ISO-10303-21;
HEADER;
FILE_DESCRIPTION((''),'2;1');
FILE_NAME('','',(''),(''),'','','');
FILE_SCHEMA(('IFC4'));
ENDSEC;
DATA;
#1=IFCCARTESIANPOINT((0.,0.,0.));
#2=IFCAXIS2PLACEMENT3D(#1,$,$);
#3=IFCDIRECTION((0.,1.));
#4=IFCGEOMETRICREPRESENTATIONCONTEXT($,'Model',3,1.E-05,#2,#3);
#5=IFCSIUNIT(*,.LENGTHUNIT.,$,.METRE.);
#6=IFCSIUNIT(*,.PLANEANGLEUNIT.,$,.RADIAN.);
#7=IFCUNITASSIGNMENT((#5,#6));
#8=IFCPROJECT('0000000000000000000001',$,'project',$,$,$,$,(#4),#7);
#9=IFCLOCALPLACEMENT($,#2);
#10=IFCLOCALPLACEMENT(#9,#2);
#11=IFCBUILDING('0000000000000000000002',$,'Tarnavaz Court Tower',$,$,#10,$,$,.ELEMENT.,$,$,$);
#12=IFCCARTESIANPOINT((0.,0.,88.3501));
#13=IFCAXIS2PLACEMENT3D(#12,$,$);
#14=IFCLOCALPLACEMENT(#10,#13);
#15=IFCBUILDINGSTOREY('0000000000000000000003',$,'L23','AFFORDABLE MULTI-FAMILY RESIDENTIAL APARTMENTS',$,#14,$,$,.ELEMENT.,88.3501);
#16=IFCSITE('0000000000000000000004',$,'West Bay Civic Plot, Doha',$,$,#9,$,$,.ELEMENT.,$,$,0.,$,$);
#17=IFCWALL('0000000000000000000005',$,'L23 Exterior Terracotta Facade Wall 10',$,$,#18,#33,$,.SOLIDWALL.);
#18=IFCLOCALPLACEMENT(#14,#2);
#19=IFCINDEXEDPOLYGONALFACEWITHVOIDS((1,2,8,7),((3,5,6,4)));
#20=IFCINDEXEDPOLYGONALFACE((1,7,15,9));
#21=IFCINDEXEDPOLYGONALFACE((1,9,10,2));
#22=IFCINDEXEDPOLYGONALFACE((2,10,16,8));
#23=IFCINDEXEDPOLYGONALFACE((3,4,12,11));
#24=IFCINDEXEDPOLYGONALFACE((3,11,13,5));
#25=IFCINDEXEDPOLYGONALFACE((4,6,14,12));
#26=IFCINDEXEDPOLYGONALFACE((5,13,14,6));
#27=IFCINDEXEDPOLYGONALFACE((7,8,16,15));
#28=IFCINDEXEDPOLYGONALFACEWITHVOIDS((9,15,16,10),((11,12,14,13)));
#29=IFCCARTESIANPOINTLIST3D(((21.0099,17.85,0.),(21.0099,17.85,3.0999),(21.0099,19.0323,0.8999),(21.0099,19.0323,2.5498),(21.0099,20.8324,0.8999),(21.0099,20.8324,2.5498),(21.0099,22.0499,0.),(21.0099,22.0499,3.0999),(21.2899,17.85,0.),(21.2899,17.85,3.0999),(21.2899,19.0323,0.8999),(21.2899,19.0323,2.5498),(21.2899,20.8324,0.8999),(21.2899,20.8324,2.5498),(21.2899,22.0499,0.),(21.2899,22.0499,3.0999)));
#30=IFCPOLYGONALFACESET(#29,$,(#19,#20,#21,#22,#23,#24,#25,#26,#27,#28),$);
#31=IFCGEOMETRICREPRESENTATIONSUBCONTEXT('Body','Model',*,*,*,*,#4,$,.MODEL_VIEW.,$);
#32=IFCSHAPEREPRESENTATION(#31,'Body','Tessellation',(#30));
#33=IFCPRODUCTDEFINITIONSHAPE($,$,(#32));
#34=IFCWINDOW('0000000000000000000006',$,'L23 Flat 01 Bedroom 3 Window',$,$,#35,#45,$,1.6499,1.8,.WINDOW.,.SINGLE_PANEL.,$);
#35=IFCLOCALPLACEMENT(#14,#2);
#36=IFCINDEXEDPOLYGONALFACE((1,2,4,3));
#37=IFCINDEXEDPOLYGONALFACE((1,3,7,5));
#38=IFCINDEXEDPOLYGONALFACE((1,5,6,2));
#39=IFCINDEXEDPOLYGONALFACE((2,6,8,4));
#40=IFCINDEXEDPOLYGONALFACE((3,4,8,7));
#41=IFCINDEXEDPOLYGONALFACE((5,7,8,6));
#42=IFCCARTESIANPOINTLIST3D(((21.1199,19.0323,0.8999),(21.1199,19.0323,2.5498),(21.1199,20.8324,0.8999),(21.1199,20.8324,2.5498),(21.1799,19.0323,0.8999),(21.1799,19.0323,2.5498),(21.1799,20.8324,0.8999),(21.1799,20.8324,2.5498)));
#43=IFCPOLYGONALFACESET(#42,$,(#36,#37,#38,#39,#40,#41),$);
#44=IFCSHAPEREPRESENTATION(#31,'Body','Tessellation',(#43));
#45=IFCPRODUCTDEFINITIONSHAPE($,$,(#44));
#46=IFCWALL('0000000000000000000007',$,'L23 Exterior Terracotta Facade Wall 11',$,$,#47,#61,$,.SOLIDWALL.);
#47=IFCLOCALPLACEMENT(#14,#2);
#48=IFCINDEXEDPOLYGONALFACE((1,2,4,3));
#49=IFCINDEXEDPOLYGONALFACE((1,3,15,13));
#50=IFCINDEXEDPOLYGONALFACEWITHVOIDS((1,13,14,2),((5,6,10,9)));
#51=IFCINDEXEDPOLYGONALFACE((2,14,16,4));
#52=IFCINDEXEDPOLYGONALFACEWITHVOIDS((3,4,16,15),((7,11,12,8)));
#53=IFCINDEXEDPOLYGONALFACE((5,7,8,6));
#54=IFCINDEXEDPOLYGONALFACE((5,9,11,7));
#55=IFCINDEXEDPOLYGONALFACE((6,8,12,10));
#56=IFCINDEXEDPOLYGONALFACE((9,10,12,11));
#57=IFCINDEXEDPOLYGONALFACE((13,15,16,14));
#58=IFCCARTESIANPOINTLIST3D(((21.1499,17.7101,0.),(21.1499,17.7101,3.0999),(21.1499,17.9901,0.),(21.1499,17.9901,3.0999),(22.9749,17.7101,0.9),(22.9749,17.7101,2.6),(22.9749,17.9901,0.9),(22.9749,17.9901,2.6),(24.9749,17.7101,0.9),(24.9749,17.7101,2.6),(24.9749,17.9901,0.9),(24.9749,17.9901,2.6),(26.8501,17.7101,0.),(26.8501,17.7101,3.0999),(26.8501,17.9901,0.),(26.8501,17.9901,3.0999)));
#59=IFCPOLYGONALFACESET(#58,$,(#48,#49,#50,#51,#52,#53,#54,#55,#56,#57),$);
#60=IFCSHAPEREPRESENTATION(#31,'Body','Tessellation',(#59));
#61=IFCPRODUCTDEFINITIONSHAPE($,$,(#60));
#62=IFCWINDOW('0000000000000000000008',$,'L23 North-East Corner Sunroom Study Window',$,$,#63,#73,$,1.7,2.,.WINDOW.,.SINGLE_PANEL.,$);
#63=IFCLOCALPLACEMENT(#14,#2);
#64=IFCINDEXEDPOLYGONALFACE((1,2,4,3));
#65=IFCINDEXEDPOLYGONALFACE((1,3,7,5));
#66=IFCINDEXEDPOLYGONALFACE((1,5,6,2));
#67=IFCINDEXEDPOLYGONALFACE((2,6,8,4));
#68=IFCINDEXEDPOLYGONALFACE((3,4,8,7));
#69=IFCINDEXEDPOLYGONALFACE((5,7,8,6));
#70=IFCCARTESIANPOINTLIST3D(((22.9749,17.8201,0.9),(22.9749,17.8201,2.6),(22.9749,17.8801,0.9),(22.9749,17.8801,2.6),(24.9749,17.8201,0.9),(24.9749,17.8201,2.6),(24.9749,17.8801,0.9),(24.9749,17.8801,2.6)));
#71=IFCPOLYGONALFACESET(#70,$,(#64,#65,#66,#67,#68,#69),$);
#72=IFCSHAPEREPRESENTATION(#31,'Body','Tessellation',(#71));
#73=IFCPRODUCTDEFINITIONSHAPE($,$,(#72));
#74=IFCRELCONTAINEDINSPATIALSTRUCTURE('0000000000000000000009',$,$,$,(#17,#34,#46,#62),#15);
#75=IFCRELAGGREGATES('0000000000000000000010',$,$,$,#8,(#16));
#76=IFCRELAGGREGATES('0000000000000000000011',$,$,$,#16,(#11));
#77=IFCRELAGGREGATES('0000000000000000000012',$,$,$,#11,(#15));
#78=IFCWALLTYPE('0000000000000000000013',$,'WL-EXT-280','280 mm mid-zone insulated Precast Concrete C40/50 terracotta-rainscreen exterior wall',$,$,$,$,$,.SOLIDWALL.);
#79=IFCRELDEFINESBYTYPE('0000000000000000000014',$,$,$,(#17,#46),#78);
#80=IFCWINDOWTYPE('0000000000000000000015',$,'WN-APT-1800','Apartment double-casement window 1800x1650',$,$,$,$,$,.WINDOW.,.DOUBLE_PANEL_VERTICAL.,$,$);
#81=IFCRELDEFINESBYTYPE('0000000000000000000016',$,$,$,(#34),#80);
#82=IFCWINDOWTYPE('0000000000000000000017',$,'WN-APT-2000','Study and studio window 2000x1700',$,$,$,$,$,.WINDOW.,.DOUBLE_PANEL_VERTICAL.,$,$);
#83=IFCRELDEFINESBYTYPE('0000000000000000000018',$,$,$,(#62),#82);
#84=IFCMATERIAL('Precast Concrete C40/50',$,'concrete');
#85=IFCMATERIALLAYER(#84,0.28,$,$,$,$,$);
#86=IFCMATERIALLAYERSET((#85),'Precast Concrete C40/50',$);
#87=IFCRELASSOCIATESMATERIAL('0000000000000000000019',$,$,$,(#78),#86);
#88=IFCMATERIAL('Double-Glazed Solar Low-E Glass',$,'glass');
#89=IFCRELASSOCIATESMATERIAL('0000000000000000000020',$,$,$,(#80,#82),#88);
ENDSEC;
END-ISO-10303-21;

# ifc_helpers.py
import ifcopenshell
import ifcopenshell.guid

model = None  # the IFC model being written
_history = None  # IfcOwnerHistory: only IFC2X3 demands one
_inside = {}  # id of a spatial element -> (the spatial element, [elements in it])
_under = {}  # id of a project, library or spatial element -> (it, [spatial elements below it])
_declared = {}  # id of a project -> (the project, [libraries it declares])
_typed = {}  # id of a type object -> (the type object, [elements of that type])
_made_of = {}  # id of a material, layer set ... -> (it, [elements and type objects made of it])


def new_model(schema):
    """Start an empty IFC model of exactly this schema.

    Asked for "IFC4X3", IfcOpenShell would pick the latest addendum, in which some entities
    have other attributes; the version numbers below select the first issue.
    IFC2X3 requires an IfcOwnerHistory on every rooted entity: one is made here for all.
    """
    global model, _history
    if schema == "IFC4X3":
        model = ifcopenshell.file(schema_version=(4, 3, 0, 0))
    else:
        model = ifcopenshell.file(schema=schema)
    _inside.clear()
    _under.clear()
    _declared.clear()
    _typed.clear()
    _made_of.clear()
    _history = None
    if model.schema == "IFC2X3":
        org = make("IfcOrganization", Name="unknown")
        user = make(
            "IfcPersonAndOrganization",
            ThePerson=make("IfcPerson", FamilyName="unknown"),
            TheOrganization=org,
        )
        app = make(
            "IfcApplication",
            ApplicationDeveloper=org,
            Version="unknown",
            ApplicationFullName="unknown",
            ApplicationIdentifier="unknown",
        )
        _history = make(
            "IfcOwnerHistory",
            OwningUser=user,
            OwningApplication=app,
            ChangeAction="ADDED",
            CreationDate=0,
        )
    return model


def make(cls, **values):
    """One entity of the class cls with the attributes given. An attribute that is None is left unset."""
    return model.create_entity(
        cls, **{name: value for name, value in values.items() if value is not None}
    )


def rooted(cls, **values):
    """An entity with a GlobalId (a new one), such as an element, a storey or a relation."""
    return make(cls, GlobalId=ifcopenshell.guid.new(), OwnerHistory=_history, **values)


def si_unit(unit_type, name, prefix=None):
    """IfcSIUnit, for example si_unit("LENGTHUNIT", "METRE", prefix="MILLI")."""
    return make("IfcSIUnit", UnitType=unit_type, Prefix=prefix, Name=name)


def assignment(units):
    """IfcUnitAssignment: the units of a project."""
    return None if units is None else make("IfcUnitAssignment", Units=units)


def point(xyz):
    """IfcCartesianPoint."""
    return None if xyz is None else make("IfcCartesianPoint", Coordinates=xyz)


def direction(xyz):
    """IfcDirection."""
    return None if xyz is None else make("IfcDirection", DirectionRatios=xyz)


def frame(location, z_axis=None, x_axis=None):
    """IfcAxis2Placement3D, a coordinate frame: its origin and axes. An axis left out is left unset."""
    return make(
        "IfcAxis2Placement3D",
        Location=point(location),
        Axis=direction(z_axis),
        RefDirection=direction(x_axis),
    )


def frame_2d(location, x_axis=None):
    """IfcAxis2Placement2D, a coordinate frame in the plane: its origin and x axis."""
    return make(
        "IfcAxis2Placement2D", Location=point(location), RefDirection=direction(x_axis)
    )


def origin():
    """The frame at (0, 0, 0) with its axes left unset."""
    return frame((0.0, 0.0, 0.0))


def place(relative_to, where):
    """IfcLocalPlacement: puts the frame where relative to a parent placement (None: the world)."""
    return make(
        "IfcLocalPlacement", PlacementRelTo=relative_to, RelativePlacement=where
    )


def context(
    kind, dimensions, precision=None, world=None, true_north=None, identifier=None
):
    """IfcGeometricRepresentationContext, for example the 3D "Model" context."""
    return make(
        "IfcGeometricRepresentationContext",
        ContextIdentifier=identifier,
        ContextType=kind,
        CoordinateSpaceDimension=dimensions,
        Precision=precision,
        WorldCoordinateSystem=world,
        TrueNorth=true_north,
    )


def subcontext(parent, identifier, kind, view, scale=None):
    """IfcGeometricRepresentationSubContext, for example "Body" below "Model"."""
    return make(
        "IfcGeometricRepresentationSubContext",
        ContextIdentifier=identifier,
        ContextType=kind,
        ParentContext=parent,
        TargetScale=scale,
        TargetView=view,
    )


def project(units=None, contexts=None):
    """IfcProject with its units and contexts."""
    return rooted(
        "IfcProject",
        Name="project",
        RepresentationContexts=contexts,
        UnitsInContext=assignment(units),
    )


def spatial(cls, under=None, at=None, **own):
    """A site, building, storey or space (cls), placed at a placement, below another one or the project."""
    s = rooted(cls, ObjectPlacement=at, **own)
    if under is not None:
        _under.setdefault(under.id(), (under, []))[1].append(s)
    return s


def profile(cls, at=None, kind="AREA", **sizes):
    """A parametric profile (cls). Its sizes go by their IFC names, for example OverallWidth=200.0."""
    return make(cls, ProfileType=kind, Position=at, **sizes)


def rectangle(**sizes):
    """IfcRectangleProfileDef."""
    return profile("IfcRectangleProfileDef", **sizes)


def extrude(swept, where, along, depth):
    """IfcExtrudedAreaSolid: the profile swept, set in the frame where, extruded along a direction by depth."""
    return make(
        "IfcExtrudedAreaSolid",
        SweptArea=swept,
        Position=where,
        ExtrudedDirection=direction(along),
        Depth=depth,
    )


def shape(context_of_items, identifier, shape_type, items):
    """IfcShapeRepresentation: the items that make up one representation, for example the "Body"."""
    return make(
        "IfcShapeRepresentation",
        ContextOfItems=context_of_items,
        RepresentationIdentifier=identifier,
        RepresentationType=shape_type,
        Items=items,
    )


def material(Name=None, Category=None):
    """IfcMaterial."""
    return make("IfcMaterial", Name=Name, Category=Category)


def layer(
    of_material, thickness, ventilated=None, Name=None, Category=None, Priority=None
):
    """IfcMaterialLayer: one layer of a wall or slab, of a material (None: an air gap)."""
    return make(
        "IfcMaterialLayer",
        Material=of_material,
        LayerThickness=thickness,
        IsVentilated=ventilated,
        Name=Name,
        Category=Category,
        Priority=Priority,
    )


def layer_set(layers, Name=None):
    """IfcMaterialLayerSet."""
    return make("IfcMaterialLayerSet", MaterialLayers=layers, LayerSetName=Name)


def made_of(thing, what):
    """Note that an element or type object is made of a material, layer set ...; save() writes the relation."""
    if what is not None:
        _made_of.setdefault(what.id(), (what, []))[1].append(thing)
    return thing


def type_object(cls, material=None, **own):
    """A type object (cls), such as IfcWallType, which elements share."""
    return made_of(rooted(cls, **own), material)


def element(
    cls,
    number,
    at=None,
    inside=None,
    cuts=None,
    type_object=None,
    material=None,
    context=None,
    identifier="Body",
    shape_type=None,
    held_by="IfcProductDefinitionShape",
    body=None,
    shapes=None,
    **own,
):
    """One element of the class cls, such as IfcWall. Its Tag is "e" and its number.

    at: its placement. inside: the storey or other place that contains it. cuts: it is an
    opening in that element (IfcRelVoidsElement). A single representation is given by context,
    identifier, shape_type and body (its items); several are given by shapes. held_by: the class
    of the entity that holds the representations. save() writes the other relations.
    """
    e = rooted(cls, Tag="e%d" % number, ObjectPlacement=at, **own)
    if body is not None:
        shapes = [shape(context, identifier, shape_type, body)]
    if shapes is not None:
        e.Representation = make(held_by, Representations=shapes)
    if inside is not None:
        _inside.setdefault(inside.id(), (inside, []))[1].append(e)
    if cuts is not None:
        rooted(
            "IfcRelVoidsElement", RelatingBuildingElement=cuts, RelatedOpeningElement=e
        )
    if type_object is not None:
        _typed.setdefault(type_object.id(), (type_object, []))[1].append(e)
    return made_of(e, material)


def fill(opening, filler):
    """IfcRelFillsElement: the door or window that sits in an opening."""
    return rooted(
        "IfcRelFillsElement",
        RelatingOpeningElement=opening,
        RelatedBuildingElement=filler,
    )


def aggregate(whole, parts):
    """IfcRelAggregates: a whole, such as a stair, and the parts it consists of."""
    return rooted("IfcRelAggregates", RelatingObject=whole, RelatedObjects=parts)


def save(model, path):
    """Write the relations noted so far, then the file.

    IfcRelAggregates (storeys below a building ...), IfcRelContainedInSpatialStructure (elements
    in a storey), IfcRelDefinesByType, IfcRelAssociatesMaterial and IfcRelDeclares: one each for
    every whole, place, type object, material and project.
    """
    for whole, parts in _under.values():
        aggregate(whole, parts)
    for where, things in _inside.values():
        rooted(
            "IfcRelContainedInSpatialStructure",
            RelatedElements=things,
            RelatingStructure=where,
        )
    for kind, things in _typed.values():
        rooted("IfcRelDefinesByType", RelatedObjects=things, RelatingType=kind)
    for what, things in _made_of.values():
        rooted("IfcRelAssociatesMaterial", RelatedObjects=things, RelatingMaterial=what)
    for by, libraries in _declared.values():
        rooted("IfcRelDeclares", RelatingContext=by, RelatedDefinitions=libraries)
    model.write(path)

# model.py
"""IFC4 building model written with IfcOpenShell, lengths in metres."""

from ifc_helpers import new_model, si_unit, direction, frame, frame_2d, origin, place, context, subcontext, project, spatial, rectangle, extrude, material, layer, layer_set, type_object, element, fill, save


model = new_model("IFC4")

# Units and contexts
model_context = context("Model", 3, precision=1e-05, world=origin(), true_north=direction((0.0, 1.0)))
body_context = subcontext(model_context, "Body", "Model", "MODEL_VIEW")
ifc_project = project(units=[si_unit("LENGTHUNIT", "METRE"), si_unit("PLANEANGLEUNIT", "RADIAN")], contexts=[model_context])

# Site, building, storey
site_placement = place(None, origin())
site = spatial("IfcSite", under=ifc_project, at=site_placement, Name="West Bay Civic Plot, Doha", CompositionType="ELEMENT", RefElevation=0.0)
building_placement = place(site_placement, origin())
building = spatial("IfcBuilding", under=site, at=building_placement, Name="Tarnavaz Court Tower", CompositionType="ELEMENT")
storey_placement = place(building_placement, frame((0.0, 0.0, 88.3501)))
storey = spatial("IfcBuildingStorey", under=building, at=storey_placement, Name="L23", Description="AFFORDABLE MULTI-FAMILY RESIDENTIAL APARTMENTS", CompositionType="ELEMENT", Elevation=88.3501)

# Walls, openings, windows
ifc_material_1 = material(Name="Precast Concrete C40/50", Category="concrete")
ifc_layer_1 = layer(ifc_material_1, 0.28)
ifc_layer_set_1 = layer_set([ifc_layer_1], Name="Precast Concrete C40/50")
wall_type_1 = type_object("IfcWallType", Name="WL-EXT-280", Description="280 mm mid-zone insulated Precast Concrete C40/50 terracotta-rainscreen exterior wall", PredefinedType="SOLIDWALL", material=ifc_layer_set_1)
wall_1_placement = place(storey_placement, frame((21.1499, 22.05, 0.0), z_axis=(0.0, 0.0, 1.0), x_axis=(0.0, -1.0, 0.0)))
wall_1 = element("IfcWall", 1, at=wall_1_placement, inside=storey, type_object=wall_type_1, Name="L23 Exterior Terracotta Facade Wall 10", PredefinedType="SOLIDWALL", context=body_context, shape_type="SweptSolid", body=[
    extrude(rectangle(XDim=4.2, YDim=0.28, at=frame_2d((2.1001, 0.0))), origin(), (0.0, 0.0, 1.0), 3.0999),
])
opening_1_placement = place(wall_1_placement, frame((1.2178, 0.0, 0.8999)))
opening_1 = element("IfcOpeningElement", 2, at=opening_1_placement, cuts=wall_1, PredefinedType="OPENING", context=body_context, shape_type="SweptSolid", body=[
    extrude(rectangle(XDim=1.8, YDim=1.6499, at=frame_2d((0.8999, 0.825))), frame((0.0, 0.1499, 0.0), z_axis=(0.0, -1.0, 0.0), x_axis=(1.0, 0.0, 0.0)), (0.0, 0.0, 1.0), 0.3),
])
ifc_material_2 = material(Name="Double-Glazed Solar Low-E Glass", Category="glass")
window_type_1 = type_object("IfcWindowType", Name="WN-APT-1800", Description="Apartment double-casement window 1800x1650", PartitioningType="DOUBLE_PANEL_VERTICAL", PredefinedType="WINDOW", material=ifc_material_2)
window_1_placement = place(opening_1_placement, origin())
window_1 = element("IfcWindow", 3, at=window_1_placement, inside=storey, type_object=window_type_1, Name="L23 Flat 01 Bedroom 3 Window", OverallHeight=1.6499, OverallWidth=1.8, PartitioningType="SINGLE_PANEL", PredefinedType="WINDOW", context=body_context, shape_type="SweptSolid", body=[
    extrude(rectangle(XDim=1.8, YDim=1.6499, at=frame_2d((0.8999, 0.825))), frame((0.0, 0.03, 0.0), z_axis=(0.0, -1.0, 0.0), x_axis=(1.0, 0.0, 0.0)), (0.0, 0.0, 1.0), 0.0601),
])
fill(opening_1, window_1)
wall_2_placement = place(storey_placement, frame((21.1499, 17.8501, 0.0), z_axis=(0.0, 0.0, 1.0), x_axis=(1.0, 0.0, 0.0)))
wall_2 = element("IfcWall", 4, at=wall_2_placement, inside=storey, type_object=wall_type_1, Name="L23 Exterior Terracotta Facade Wall 11", PredefinedType="SOLIDWALL", context=body_context, shape_type="SweptSolid", body=[
    extrude(rectangle(XDim=5.7002, YDim=0.28, at=frame_2d((2.8501, 0.0))), origin(), (0.0, 0.0, 1.0), 3.0999),
])
opening_2_placement = place(wall_2_placement, frame((1.825, 0.0, 0.8999)))
opening_2 = element("IfcOpeningElement", 5, at=opening_2_placement, cuts=wall_2, PredefinedType="OPENING", context=body_context, shape_type="SweptSolid", body=[
    extrude(rectangle(XDim=2.0, YDim=1.7, at=frame_2d((1.0, 0.8501))), frame((0.0, 0.1499, 0.0), z_axis=(0.0, -1.0, 0.0), x_axis=(1.0, 0.0, 0.0)), (0.0, 0.0, 1.0), 0.3),
])
window_type_2 = type_object("IfcWindowType", Name="WN-APT-2000", Description="Study and studio window 2000x1700", PartitioningType="DOUBLE_PANEL_VERTICAL", PredefinedType="WINDOW", material=ifc_material_2)
window_2_placement = place(opening_2_placement, origin())
window_2 = element("IfcWindow", 6, at=window_2_placement, inside=storey, type_object=window_type_2, Name="L23 North-East Corner Sunroom Study Window", OverallHeight=1.7, OverallWidth=2.0, PartitioningType="SINGLE_PANEL", PredefinedType="WINDOW", context=body_context, shape_type="SweptSolid", body=[
    extrude(rectangle(XDim=2.0, YDim=1.7, at=frame_2d((1.0, 0.8501))), frame((0.0, 0.03, 0.0), z_axis=(0.0, -1.0, 0.0), x_axis=(1.0, 0.0, 0.0)), (0.0, 0.0, 1.0), 0.0601),
])
fill(opening_2, window_2)

save(model, "model.ifc")
